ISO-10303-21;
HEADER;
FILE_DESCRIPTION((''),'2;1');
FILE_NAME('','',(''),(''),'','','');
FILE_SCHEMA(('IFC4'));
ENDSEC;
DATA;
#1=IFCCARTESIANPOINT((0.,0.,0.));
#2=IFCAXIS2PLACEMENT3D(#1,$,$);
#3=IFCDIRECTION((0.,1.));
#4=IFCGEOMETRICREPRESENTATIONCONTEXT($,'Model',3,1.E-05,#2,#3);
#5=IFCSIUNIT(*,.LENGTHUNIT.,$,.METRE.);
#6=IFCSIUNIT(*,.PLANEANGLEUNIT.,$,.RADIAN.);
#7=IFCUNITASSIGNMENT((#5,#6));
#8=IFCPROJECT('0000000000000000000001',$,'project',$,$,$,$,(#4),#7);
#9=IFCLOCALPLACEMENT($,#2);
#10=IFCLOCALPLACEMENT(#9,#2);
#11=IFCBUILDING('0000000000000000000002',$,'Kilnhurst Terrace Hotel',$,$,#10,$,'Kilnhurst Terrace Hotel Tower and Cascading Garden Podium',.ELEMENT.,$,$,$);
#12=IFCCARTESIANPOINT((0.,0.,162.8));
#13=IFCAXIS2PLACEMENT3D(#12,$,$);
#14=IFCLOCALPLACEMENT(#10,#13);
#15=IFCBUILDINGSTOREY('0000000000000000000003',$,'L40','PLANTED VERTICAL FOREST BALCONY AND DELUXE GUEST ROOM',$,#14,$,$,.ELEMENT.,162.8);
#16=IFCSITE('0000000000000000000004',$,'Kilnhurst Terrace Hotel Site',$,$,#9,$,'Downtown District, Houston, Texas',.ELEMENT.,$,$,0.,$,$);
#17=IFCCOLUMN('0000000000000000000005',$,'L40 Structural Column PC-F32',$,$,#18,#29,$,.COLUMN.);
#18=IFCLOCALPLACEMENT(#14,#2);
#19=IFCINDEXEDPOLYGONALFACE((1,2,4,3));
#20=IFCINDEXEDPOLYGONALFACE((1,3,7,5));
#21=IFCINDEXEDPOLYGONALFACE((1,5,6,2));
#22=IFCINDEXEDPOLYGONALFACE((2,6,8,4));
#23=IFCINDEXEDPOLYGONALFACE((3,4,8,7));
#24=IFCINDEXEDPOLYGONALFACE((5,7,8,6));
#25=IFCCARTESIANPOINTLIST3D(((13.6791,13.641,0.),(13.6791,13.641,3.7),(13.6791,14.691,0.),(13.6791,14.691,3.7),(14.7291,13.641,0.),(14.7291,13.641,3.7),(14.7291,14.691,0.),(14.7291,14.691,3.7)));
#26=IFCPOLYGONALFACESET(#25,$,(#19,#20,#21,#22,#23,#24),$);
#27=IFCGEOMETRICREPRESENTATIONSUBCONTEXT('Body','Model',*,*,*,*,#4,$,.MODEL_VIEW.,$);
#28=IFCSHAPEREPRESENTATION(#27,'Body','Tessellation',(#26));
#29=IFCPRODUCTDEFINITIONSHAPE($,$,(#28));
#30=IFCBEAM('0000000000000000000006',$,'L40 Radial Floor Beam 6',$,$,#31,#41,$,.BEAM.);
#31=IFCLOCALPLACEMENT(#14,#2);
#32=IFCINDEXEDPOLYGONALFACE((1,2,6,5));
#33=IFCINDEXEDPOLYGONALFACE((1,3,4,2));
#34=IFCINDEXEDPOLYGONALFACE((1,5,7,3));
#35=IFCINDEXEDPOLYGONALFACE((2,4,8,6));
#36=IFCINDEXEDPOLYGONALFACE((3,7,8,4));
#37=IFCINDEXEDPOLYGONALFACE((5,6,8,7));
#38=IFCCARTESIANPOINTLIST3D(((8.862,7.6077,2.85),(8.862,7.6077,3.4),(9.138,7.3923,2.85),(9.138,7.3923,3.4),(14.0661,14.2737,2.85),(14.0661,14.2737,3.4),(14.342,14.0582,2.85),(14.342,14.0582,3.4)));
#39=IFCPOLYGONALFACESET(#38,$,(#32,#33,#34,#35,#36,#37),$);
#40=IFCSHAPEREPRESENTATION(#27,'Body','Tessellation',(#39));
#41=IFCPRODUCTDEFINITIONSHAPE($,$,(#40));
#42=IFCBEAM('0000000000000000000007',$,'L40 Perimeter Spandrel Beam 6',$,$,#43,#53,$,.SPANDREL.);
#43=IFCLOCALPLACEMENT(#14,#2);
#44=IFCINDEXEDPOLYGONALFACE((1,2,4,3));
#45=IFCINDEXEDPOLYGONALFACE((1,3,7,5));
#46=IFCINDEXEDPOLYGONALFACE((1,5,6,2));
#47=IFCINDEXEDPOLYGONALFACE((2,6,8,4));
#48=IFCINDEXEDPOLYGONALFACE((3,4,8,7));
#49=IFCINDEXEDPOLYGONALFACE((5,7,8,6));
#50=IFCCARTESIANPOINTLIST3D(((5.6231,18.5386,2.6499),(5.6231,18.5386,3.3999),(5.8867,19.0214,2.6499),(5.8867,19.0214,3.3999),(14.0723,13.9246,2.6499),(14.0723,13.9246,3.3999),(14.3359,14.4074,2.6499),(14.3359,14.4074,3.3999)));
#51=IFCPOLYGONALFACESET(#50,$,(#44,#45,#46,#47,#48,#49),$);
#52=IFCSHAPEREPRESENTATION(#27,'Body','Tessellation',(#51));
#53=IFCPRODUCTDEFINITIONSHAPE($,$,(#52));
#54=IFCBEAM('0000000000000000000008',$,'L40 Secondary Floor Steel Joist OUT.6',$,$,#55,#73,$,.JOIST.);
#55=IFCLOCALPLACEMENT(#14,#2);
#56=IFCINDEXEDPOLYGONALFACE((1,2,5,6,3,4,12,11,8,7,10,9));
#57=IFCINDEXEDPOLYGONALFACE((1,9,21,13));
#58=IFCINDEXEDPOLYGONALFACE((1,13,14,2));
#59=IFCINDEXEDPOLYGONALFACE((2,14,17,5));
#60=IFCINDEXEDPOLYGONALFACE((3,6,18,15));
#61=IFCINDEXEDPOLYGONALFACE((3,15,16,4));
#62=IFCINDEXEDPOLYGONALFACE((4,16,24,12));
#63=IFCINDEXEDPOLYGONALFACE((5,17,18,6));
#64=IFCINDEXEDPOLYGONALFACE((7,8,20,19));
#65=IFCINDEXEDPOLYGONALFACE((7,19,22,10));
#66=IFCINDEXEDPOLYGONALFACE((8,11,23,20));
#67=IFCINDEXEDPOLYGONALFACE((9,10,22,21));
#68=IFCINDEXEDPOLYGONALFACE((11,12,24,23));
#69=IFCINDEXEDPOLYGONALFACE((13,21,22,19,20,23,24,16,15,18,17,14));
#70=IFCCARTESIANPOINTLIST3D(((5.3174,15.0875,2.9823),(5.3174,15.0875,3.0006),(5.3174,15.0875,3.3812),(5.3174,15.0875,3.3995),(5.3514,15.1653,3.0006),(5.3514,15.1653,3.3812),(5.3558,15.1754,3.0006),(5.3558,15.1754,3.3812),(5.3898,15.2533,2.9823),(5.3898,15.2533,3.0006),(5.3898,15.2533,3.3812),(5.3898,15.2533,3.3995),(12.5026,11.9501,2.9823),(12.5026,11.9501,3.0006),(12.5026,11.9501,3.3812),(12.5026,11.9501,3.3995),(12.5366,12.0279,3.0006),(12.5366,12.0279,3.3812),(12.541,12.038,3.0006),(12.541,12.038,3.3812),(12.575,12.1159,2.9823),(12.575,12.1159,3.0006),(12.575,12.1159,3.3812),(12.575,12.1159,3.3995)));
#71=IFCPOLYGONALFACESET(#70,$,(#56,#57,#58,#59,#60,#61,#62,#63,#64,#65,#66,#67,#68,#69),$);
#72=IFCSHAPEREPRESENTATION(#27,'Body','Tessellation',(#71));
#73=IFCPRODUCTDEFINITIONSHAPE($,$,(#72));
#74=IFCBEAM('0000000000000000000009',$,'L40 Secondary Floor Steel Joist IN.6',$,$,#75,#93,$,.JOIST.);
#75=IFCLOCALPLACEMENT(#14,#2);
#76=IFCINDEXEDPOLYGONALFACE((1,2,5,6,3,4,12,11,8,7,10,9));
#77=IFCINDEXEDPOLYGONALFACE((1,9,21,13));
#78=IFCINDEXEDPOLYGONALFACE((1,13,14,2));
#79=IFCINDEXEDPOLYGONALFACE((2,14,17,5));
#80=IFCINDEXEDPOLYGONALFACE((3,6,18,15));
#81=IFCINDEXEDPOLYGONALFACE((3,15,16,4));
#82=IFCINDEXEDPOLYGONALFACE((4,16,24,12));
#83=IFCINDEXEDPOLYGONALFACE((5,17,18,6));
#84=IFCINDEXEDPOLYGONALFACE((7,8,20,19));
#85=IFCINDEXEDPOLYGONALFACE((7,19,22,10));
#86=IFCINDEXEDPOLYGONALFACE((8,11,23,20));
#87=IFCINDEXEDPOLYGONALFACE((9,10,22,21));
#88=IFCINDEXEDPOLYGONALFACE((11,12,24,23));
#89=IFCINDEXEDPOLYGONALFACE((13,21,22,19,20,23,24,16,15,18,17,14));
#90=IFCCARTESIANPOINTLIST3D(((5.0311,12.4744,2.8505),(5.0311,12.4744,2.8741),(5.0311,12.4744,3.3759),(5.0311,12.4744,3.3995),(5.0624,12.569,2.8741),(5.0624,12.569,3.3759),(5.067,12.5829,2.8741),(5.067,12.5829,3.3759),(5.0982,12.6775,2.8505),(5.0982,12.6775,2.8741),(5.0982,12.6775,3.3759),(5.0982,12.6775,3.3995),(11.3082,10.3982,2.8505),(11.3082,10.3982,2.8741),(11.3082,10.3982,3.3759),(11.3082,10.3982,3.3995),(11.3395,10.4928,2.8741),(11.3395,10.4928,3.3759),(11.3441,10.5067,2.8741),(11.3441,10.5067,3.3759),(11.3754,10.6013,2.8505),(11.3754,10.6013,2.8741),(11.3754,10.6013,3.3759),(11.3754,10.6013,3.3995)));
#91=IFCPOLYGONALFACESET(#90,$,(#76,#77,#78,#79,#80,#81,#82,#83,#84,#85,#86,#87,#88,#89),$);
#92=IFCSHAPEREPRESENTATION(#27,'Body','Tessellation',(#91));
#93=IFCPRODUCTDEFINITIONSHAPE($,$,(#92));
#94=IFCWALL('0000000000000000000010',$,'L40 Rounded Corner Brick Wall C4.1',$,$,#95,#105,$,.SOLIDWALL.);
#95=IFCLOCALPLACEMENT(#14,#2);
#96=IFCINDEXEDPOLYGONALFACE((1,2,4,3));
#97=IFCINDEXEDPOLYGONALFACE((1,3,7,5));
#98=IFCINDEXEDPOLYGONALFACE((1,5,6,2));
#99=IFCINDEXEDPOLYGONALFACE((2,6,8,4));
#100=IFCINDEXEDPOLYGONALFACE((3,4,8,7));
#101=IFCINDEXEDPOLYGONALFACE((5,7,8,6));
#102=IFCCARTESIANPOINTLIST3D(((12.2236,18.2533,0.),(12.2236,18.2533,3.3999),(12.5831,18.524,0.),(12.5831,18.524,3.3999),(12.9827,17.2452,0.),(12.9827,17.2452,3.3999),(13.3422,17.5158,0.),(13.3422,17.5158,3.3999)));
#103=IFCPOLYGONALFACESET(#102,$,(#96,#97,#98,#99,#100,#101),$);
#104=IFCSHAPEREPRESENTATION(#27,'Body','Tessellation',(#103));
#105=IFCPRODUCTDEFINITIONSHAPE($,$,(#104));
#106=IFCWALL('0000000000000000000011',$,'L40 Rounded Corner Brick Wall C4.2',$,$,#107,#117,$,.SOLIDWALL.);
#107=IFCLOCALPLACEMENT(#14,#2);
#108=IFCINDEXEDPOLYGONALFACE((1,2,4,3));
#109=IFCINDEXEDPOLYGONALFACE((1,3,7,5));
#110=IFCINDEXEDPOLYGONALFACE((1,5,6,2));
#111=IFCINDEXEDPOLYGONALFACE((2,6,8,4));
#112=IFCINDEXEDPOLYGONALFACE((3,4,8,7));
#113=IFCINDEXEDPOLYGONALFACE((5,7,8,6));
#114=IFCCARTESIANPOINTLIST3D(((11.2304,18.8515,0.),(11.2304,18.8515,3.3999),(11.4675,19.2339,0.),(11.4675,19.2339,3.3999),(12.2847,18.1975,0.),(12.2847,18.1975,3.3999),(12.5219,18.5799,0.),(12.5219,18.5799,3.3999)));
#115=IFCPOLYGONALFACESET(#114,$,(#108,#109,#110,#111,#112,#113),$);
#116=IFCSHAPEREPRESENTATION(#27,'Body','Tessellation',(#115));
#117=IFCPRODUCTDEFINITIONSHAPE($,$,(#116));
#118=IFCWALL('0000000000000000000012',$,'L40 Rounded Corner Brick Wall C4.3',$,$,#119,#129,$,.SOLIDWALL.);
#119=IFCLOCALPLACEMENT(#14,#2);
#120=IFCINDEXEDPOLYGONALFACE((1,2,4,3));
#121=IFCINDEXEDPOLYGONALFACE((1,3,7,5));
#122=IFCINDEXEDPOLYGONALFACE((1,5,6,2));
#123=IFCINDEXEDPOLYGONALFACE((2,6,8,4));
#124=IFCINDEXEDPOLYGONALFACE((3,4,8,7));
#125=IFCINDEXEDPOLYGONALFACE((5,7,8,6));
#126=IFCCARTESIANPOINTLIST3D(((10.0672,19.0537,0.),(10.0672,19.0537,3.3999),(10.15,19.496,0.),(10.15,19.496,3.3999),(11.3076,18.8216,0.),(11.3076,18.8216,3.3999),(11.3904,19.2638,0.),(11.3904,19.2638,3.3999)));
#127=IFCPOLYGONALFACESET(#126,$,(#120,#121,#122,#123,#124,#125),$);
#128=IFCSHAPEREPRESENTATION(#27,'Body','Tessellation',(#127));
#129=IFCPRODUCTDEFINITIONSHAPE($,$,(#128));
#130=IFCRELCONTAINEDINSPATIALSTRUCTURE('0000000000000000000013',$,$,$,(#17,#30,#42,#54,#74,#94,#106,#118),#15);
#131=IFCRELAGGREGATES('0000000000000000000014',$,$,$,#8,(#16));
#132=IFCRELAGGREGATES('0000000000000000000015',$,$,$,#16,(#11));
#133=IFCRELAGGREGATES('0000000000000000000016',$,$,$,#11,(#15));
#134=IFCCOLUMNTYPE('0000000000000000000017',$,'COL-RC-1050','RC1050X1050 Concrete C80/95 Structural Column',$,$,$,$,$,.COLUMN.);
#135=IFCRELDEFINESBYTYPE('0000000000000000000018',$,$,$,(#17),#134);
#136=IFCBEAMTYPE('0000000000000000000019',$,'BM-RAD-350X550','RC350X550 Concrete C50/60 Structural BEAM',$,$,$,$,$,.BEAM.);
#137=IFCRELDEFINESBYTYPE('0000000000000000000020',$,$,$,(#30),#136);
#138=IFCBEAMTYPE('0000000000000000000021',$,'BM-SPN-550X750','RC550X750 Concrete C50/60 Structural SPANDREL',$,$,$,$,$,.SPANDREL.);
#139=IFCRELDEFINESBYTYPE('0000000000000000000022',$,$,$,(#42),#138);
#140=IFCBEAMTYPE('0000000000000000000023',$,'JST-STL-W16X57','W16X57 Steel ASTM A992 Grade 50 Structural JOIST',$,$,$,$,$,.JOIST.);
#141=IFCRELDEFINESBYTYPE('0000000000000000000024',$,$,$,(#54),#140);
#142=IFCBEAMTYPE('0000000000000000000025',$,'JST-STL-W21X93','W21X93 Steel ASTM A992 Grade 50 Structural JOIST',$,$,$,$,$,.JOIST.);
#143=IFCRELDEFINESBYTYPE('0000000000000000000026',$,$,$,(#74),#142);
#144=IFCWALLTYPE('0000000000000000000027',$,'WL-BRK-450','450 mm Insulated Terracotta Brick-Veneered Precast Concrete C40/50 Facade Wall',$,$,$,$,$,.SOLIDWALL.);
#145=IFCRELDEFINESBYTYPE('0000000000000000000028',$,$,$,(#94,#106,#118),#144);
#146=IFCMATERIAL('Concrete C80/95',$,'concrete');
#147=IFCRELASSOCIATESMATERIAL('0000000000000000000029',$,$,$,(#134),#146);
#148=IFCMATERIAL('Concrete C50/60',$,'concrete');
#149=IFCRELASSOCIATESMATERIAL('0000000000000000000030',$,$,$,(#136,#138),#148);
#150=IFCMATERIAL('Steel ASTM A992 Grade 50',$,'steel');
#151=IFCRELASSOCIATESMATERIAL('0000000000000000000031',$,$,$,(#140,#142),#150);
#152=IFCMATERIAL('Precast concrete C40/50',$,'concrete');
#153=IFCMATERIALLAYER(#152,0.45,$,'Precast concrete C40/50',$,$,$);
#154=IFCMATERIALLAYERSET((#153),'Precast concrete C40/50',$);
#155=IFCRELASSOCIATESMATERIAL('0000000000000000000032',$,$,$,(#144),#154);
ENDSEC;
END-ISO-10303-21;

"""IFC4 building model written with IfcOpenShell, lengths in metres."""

from ifc_helpers import new_model, si_unit, direction, frame, frame_2d, origin, origin_2d, place, context, subcontext, project, spatial, rectangle, i_section, extrude, material, layer, layer_set, material_profile, profile_set, type_object, element, save


model = new_model("IFC4")

# Units and contexts
model_context = context("Model", 3, precision=1e-05, world=origin(), true_north=direction((0.0, 1.0)))
body_context = subcontext(model_context, "Body", "Model", "MODEL_VIEW")
ifc_project = project(units=[si_unit("LENGTHUNIT", "METRE"), si_unit("PLANEANGLEUNIT", "RADIAN")], contexts=[model_context])

# Site, building, storey
site_placement = place(None, origin())
site = spatial("IfcSite", under=ifc_project, at=site_placement, Name="Kilnhurst Terrace Hotel Site", LongName="Downtown District, Houston, Texas", CompositionType="ELEMENT", RefElevation=0.0)
building_placement = place(site_placement, origin())
building = spatial("IfcBuilding", under=site, at=building_placement, Name="Kilnhurst Terrace Hotel", LongName="Kilnhurst Terrace Hotel Tower and Cascading Garden Podium", CompositionType="ELEMENT")
storey_placement = place(building_placement, frame((0.0, 0.0, 162.8)))
storey = spatial("IfcBuildingStorey", under=building, at=storey_placement, Name="L40", Description="PLANTED VERTICAL FOREST BALCONY AND DELUXE GUEST ROOM", CompositionType="ELEMENT", Elevation=162.8)

# Column
ifc_material_1 = material(Name="Concrete C80/95", Category="concrete")
ifc_material_profile_1 = material_profile(ifc_material_1, rectangle(XDim=1.05, YDim=1.05, at=origin_2d()), Name="RC1050X1050")
ifc_profile_set_1 = profile_set([ifc_material_profile_1], Name="Concrete C80/95")
column_type = type_object("IfcColumnType", Name="COL-RC-1050", Description="RC1050X1050 Concrete C80/95 Structural Column", PredefinedType="COLUMN", material=ifc_profile_set_1)
column_placement = place(storey_placement, frame((14.2041, 14.166, 0.0), z_axis=(0.0, 0.0, 1.0), x_axis=(1.0, 0.0, 0.0)))
element("IfcColumn", 1, at=column_placement, inside=storey, type_object=column_type, Name="L40 Structural Column PC-F32", PredefinedType="COLUMN", context=body_context, shape_type="SweptSolid", body=[
    extrude(rectangle(XDim=1.05, YDim=1.05, at=origin_2d()), origin(), (0.0, 0.0, 1.0), 3.7),
])

# Beams
ifc_material_2 = material(Name="Concrete C50/60", Category="concrete")
ifc_material_profile_2 = material_profile(ifc_material_2, rectangle(XDim=0.3501, YDim=0.55, at=origin_2d()), Name="RC350X550")
ifc_profile_set_2 = profile_set([ifc_material_profile_2], Name="Concrete C50/60")
beam_type_1 = type_object("IfcBeamType", Name="BM-RAD-350X550", Description="RC350X550 Concrete C50/60 Structural BEAM", PredefinedType="BEAM", material=ifc_profile_set_2)
beam_1_placement = place(storey_placement, frame((9.0, 7.5, 3.125), z_axis=(0.615371, 0.788238, 0.0), x_axis=(-0.788238, 0.615371, 0.0)))
element("IfcBeam", 2, at=beam_1_placement, inside=storey, type_object=beam_type_1, Name="L40 Radial Floor Beam 6", PredefinedType="BEAM", context=body_context, shape_type="SweptSolid", body=[
    extrude(rectangle(XDim=0.3501, YDim=0.55, at=origin_2d()), origin(), (0.0, 0.0, 1.0), 8.4568),
])
ifc_material_profile_3 = material_profile(ifc_material_2, rectangle(XDim=0.55, YDim=0.75, at=origin_2d()), Name="RC550X750")
ifc_profile_set_3 = profile_set([ifc_material_profile_3], Name="Concrete C50/60")
beam_type_2 = type_object("IfcBeamType", Name="BM-SPN-550X750", Description="RC550X750 Concrete C50/60 Structural SPANDREL", PredefinedType="SPANDREL", material=ifc_profile_set_3)
beam_2_placement = place(storey_placement, frame((14.2041, 14.166, 3.0249), z_axis=(-0.877662, 0.47928, 0.0), x_axis=(-0.47928, -0.877662, 0.0)))
element("IfcBeam", 3, at=beam_2_placement, inside=storey, type_object=beam_type_2, Name="L40 Perimeter Spandrel Beam 6", PredefinedType="SPANDREL", context=body_context, shape_type="SweptSolid", body=[
    extrude(rectangle(XDim=0.55, YDim=0.75, at=origin_2d()), origin(), (0.0, 0.0, 1.0), 9.627),
])
ifc_material_3 = material(Name="Steel ASTM A992 Grade 50", Category="steel")
ifc_material_profile_4 = material_profile(ifc_material_3, i_section(OverallWidth=0.1809, OverallDepth=0.4172, WebThickness=0.011, FlangeThickness=0.0183, at=origin_2d()), Name="W16X57")
ifc_profile_set_4 = profile_set([ifc_material_profile_4], Name="Steel ASTM A992 Grade 50")
beam_type_3 = type_object("IfcBeamType", Name="JST-STL-W16X57", Description="W16X57 Steel ASTM A992 Grade 50 Structural JOIST", PredefinedType="JOIST", material=ifc_profile_set_4)
beam_3_placement = place(storey_placement, frame((12.5388, 12.033, 3.1909), z_axis=(-0.916444, 0.400164, 0.0), x_axis=(-0.400164, -0.916444, 0.0)))
element("IfcBeam", 4, at=beam_3_placement, inside=storey, type_object=beam_type_3, Name="L40 Secondary Floor Steel Joist OUT.6", PredefinedType="JOIST", context=body_context, shape_type="SweptSolid", body=[
    extrude(i_section(OverallWidth=0.1809, OverallDepth=0.4172, WebThickness=0.011, FlangeThickness=0.0183, at=origin_2d()), origin(), (0.0, 0.0, 1.0), 7.8403),
])
ifc_material_profile_5 = material_profile(ifc_material_3, i_section(OverallWidth=0.2139, OverallDepth=0.5491, WebThickness=0.0146, FlangeThickness=0.0237, at=origin_2d()), Name="W21X93")
ifc_profile_set_5 = profile_set([ifc_material_profile_5], Name="Steel ASTM A992 Grade 50")
beam_type_4 = type_object("IfcBeamType", Name="JST-STL-W21X93", Description="W21X93 Steel ASTM A992 Grade 50 Structural JOIST", PredefinedType="JOIST", material=ifc_profile_set_5)
beam_4_placement = place(storey_placement, frame((11.3418, 10.4998, 3.125), z_axis=(-0.949416, 0.314022, 0.0), x_axis=(-0.314022, -0.949416, 0.0)))
element("IfcBeam", 5, at=beam_4_placement, inside=storey, type_object=beam_type_4, Name="L40 Secondary Floor Steel Joist IN.6", PredefinedType="JOIST", context=body_context, shape_type="SweptSolid", body=[
    extrude(i_section(OverallWidth=0.2139, OverallDepth=0.5491, WebThickness=0.0146, FlangeThickness=0.0237, at=origin_2d()), origin(), (0.0, 0.0, 1.0), 6.6116),
])

# Walls
ifc_material_4 = material(Name="Precast concrete C40/50", Category="concrete")
ifc_layer_1 = layer(ifc_material_4, 0.45, Name="Precast concrete C40/50")
ifc_layer_set_1 = layer_set([ifc_layer_1], Name="Precast concrete C40/50")
wall_type_1 = type_object("IfcWallType", Name="WL-BRK-450", Description="450 mm Insulated Terracotta Brick-Veneered Precast Concrete C40/50 Facade Wall", PredefinedType="SOLIDWALL", material=ifc_layer_set_1)
wall_1_placement = place(storey_placement, frame((13.1624, 17.3806, 0.0), z_axis=(0.0, 0.0, 1.0), x_axis=(-0.601516, 0.798861, 0.0)))
element("IfcWall", 6, at=wall_1_placement, inside=storey, type_object=wall_type_1, Name="L40 Rounded Corner Brick Wall C4.1", PredefinedType="SOLIDWALL", context=body_context, shape_type="SweptSolid", body=[
    extrude(rectangle(XDim=1.262, YDim=0.45, at=frame_2d((0.6309, 0.0))), origin(), (0.0, 0.0, 1.0), 3.3999),
])
wall_2_placement = place(storey_placement, frame((12.4033, 18.3887, 0.0), z_axis=(0.0, 0.0, 1.0), x_axis=(-0.849795, 0.527113, 0.0)))
element("IfcWall", 7, at=wall_2_placement, inside=storey, type_object=wall_type_1, Name="L40 Rounded Corner Brick Wall C4.2", PredefinedType="SOLIDWALL", context=body_context, shape_type="SweptSolid", body=[
    extrude(rectangle(XDim=1.2407, YDim=0.45, at=frame_2d((0.6204, 0.0))), origin(), (0.0, 0.0, 1.0), 3.3999),
])
wall_3_placement = place(storey_placement, frame((11.3489, 19.0427, 0.0), z_axis=(0.0, 0.0, 1.0), x_axis=(-0.982931, 0.183973, 0.0)))
element("IfcWall", 8, at=wall_3_placement, inside=storey, type_object=wall_type_1, Name="L40 Rounded Corner Brick Wall C4.3", PredefinedType="SOLIDWALL", context=body_context, shape_type="SweptSolid", body=[
    extrude(rectangle(XDim=1.262, YDim=0.45, at=frame_2d((0.6309, 0.0))), origin(), (0.0, 0.0, 1.0), 3.3999),
])

save(model, "model.ifc")
